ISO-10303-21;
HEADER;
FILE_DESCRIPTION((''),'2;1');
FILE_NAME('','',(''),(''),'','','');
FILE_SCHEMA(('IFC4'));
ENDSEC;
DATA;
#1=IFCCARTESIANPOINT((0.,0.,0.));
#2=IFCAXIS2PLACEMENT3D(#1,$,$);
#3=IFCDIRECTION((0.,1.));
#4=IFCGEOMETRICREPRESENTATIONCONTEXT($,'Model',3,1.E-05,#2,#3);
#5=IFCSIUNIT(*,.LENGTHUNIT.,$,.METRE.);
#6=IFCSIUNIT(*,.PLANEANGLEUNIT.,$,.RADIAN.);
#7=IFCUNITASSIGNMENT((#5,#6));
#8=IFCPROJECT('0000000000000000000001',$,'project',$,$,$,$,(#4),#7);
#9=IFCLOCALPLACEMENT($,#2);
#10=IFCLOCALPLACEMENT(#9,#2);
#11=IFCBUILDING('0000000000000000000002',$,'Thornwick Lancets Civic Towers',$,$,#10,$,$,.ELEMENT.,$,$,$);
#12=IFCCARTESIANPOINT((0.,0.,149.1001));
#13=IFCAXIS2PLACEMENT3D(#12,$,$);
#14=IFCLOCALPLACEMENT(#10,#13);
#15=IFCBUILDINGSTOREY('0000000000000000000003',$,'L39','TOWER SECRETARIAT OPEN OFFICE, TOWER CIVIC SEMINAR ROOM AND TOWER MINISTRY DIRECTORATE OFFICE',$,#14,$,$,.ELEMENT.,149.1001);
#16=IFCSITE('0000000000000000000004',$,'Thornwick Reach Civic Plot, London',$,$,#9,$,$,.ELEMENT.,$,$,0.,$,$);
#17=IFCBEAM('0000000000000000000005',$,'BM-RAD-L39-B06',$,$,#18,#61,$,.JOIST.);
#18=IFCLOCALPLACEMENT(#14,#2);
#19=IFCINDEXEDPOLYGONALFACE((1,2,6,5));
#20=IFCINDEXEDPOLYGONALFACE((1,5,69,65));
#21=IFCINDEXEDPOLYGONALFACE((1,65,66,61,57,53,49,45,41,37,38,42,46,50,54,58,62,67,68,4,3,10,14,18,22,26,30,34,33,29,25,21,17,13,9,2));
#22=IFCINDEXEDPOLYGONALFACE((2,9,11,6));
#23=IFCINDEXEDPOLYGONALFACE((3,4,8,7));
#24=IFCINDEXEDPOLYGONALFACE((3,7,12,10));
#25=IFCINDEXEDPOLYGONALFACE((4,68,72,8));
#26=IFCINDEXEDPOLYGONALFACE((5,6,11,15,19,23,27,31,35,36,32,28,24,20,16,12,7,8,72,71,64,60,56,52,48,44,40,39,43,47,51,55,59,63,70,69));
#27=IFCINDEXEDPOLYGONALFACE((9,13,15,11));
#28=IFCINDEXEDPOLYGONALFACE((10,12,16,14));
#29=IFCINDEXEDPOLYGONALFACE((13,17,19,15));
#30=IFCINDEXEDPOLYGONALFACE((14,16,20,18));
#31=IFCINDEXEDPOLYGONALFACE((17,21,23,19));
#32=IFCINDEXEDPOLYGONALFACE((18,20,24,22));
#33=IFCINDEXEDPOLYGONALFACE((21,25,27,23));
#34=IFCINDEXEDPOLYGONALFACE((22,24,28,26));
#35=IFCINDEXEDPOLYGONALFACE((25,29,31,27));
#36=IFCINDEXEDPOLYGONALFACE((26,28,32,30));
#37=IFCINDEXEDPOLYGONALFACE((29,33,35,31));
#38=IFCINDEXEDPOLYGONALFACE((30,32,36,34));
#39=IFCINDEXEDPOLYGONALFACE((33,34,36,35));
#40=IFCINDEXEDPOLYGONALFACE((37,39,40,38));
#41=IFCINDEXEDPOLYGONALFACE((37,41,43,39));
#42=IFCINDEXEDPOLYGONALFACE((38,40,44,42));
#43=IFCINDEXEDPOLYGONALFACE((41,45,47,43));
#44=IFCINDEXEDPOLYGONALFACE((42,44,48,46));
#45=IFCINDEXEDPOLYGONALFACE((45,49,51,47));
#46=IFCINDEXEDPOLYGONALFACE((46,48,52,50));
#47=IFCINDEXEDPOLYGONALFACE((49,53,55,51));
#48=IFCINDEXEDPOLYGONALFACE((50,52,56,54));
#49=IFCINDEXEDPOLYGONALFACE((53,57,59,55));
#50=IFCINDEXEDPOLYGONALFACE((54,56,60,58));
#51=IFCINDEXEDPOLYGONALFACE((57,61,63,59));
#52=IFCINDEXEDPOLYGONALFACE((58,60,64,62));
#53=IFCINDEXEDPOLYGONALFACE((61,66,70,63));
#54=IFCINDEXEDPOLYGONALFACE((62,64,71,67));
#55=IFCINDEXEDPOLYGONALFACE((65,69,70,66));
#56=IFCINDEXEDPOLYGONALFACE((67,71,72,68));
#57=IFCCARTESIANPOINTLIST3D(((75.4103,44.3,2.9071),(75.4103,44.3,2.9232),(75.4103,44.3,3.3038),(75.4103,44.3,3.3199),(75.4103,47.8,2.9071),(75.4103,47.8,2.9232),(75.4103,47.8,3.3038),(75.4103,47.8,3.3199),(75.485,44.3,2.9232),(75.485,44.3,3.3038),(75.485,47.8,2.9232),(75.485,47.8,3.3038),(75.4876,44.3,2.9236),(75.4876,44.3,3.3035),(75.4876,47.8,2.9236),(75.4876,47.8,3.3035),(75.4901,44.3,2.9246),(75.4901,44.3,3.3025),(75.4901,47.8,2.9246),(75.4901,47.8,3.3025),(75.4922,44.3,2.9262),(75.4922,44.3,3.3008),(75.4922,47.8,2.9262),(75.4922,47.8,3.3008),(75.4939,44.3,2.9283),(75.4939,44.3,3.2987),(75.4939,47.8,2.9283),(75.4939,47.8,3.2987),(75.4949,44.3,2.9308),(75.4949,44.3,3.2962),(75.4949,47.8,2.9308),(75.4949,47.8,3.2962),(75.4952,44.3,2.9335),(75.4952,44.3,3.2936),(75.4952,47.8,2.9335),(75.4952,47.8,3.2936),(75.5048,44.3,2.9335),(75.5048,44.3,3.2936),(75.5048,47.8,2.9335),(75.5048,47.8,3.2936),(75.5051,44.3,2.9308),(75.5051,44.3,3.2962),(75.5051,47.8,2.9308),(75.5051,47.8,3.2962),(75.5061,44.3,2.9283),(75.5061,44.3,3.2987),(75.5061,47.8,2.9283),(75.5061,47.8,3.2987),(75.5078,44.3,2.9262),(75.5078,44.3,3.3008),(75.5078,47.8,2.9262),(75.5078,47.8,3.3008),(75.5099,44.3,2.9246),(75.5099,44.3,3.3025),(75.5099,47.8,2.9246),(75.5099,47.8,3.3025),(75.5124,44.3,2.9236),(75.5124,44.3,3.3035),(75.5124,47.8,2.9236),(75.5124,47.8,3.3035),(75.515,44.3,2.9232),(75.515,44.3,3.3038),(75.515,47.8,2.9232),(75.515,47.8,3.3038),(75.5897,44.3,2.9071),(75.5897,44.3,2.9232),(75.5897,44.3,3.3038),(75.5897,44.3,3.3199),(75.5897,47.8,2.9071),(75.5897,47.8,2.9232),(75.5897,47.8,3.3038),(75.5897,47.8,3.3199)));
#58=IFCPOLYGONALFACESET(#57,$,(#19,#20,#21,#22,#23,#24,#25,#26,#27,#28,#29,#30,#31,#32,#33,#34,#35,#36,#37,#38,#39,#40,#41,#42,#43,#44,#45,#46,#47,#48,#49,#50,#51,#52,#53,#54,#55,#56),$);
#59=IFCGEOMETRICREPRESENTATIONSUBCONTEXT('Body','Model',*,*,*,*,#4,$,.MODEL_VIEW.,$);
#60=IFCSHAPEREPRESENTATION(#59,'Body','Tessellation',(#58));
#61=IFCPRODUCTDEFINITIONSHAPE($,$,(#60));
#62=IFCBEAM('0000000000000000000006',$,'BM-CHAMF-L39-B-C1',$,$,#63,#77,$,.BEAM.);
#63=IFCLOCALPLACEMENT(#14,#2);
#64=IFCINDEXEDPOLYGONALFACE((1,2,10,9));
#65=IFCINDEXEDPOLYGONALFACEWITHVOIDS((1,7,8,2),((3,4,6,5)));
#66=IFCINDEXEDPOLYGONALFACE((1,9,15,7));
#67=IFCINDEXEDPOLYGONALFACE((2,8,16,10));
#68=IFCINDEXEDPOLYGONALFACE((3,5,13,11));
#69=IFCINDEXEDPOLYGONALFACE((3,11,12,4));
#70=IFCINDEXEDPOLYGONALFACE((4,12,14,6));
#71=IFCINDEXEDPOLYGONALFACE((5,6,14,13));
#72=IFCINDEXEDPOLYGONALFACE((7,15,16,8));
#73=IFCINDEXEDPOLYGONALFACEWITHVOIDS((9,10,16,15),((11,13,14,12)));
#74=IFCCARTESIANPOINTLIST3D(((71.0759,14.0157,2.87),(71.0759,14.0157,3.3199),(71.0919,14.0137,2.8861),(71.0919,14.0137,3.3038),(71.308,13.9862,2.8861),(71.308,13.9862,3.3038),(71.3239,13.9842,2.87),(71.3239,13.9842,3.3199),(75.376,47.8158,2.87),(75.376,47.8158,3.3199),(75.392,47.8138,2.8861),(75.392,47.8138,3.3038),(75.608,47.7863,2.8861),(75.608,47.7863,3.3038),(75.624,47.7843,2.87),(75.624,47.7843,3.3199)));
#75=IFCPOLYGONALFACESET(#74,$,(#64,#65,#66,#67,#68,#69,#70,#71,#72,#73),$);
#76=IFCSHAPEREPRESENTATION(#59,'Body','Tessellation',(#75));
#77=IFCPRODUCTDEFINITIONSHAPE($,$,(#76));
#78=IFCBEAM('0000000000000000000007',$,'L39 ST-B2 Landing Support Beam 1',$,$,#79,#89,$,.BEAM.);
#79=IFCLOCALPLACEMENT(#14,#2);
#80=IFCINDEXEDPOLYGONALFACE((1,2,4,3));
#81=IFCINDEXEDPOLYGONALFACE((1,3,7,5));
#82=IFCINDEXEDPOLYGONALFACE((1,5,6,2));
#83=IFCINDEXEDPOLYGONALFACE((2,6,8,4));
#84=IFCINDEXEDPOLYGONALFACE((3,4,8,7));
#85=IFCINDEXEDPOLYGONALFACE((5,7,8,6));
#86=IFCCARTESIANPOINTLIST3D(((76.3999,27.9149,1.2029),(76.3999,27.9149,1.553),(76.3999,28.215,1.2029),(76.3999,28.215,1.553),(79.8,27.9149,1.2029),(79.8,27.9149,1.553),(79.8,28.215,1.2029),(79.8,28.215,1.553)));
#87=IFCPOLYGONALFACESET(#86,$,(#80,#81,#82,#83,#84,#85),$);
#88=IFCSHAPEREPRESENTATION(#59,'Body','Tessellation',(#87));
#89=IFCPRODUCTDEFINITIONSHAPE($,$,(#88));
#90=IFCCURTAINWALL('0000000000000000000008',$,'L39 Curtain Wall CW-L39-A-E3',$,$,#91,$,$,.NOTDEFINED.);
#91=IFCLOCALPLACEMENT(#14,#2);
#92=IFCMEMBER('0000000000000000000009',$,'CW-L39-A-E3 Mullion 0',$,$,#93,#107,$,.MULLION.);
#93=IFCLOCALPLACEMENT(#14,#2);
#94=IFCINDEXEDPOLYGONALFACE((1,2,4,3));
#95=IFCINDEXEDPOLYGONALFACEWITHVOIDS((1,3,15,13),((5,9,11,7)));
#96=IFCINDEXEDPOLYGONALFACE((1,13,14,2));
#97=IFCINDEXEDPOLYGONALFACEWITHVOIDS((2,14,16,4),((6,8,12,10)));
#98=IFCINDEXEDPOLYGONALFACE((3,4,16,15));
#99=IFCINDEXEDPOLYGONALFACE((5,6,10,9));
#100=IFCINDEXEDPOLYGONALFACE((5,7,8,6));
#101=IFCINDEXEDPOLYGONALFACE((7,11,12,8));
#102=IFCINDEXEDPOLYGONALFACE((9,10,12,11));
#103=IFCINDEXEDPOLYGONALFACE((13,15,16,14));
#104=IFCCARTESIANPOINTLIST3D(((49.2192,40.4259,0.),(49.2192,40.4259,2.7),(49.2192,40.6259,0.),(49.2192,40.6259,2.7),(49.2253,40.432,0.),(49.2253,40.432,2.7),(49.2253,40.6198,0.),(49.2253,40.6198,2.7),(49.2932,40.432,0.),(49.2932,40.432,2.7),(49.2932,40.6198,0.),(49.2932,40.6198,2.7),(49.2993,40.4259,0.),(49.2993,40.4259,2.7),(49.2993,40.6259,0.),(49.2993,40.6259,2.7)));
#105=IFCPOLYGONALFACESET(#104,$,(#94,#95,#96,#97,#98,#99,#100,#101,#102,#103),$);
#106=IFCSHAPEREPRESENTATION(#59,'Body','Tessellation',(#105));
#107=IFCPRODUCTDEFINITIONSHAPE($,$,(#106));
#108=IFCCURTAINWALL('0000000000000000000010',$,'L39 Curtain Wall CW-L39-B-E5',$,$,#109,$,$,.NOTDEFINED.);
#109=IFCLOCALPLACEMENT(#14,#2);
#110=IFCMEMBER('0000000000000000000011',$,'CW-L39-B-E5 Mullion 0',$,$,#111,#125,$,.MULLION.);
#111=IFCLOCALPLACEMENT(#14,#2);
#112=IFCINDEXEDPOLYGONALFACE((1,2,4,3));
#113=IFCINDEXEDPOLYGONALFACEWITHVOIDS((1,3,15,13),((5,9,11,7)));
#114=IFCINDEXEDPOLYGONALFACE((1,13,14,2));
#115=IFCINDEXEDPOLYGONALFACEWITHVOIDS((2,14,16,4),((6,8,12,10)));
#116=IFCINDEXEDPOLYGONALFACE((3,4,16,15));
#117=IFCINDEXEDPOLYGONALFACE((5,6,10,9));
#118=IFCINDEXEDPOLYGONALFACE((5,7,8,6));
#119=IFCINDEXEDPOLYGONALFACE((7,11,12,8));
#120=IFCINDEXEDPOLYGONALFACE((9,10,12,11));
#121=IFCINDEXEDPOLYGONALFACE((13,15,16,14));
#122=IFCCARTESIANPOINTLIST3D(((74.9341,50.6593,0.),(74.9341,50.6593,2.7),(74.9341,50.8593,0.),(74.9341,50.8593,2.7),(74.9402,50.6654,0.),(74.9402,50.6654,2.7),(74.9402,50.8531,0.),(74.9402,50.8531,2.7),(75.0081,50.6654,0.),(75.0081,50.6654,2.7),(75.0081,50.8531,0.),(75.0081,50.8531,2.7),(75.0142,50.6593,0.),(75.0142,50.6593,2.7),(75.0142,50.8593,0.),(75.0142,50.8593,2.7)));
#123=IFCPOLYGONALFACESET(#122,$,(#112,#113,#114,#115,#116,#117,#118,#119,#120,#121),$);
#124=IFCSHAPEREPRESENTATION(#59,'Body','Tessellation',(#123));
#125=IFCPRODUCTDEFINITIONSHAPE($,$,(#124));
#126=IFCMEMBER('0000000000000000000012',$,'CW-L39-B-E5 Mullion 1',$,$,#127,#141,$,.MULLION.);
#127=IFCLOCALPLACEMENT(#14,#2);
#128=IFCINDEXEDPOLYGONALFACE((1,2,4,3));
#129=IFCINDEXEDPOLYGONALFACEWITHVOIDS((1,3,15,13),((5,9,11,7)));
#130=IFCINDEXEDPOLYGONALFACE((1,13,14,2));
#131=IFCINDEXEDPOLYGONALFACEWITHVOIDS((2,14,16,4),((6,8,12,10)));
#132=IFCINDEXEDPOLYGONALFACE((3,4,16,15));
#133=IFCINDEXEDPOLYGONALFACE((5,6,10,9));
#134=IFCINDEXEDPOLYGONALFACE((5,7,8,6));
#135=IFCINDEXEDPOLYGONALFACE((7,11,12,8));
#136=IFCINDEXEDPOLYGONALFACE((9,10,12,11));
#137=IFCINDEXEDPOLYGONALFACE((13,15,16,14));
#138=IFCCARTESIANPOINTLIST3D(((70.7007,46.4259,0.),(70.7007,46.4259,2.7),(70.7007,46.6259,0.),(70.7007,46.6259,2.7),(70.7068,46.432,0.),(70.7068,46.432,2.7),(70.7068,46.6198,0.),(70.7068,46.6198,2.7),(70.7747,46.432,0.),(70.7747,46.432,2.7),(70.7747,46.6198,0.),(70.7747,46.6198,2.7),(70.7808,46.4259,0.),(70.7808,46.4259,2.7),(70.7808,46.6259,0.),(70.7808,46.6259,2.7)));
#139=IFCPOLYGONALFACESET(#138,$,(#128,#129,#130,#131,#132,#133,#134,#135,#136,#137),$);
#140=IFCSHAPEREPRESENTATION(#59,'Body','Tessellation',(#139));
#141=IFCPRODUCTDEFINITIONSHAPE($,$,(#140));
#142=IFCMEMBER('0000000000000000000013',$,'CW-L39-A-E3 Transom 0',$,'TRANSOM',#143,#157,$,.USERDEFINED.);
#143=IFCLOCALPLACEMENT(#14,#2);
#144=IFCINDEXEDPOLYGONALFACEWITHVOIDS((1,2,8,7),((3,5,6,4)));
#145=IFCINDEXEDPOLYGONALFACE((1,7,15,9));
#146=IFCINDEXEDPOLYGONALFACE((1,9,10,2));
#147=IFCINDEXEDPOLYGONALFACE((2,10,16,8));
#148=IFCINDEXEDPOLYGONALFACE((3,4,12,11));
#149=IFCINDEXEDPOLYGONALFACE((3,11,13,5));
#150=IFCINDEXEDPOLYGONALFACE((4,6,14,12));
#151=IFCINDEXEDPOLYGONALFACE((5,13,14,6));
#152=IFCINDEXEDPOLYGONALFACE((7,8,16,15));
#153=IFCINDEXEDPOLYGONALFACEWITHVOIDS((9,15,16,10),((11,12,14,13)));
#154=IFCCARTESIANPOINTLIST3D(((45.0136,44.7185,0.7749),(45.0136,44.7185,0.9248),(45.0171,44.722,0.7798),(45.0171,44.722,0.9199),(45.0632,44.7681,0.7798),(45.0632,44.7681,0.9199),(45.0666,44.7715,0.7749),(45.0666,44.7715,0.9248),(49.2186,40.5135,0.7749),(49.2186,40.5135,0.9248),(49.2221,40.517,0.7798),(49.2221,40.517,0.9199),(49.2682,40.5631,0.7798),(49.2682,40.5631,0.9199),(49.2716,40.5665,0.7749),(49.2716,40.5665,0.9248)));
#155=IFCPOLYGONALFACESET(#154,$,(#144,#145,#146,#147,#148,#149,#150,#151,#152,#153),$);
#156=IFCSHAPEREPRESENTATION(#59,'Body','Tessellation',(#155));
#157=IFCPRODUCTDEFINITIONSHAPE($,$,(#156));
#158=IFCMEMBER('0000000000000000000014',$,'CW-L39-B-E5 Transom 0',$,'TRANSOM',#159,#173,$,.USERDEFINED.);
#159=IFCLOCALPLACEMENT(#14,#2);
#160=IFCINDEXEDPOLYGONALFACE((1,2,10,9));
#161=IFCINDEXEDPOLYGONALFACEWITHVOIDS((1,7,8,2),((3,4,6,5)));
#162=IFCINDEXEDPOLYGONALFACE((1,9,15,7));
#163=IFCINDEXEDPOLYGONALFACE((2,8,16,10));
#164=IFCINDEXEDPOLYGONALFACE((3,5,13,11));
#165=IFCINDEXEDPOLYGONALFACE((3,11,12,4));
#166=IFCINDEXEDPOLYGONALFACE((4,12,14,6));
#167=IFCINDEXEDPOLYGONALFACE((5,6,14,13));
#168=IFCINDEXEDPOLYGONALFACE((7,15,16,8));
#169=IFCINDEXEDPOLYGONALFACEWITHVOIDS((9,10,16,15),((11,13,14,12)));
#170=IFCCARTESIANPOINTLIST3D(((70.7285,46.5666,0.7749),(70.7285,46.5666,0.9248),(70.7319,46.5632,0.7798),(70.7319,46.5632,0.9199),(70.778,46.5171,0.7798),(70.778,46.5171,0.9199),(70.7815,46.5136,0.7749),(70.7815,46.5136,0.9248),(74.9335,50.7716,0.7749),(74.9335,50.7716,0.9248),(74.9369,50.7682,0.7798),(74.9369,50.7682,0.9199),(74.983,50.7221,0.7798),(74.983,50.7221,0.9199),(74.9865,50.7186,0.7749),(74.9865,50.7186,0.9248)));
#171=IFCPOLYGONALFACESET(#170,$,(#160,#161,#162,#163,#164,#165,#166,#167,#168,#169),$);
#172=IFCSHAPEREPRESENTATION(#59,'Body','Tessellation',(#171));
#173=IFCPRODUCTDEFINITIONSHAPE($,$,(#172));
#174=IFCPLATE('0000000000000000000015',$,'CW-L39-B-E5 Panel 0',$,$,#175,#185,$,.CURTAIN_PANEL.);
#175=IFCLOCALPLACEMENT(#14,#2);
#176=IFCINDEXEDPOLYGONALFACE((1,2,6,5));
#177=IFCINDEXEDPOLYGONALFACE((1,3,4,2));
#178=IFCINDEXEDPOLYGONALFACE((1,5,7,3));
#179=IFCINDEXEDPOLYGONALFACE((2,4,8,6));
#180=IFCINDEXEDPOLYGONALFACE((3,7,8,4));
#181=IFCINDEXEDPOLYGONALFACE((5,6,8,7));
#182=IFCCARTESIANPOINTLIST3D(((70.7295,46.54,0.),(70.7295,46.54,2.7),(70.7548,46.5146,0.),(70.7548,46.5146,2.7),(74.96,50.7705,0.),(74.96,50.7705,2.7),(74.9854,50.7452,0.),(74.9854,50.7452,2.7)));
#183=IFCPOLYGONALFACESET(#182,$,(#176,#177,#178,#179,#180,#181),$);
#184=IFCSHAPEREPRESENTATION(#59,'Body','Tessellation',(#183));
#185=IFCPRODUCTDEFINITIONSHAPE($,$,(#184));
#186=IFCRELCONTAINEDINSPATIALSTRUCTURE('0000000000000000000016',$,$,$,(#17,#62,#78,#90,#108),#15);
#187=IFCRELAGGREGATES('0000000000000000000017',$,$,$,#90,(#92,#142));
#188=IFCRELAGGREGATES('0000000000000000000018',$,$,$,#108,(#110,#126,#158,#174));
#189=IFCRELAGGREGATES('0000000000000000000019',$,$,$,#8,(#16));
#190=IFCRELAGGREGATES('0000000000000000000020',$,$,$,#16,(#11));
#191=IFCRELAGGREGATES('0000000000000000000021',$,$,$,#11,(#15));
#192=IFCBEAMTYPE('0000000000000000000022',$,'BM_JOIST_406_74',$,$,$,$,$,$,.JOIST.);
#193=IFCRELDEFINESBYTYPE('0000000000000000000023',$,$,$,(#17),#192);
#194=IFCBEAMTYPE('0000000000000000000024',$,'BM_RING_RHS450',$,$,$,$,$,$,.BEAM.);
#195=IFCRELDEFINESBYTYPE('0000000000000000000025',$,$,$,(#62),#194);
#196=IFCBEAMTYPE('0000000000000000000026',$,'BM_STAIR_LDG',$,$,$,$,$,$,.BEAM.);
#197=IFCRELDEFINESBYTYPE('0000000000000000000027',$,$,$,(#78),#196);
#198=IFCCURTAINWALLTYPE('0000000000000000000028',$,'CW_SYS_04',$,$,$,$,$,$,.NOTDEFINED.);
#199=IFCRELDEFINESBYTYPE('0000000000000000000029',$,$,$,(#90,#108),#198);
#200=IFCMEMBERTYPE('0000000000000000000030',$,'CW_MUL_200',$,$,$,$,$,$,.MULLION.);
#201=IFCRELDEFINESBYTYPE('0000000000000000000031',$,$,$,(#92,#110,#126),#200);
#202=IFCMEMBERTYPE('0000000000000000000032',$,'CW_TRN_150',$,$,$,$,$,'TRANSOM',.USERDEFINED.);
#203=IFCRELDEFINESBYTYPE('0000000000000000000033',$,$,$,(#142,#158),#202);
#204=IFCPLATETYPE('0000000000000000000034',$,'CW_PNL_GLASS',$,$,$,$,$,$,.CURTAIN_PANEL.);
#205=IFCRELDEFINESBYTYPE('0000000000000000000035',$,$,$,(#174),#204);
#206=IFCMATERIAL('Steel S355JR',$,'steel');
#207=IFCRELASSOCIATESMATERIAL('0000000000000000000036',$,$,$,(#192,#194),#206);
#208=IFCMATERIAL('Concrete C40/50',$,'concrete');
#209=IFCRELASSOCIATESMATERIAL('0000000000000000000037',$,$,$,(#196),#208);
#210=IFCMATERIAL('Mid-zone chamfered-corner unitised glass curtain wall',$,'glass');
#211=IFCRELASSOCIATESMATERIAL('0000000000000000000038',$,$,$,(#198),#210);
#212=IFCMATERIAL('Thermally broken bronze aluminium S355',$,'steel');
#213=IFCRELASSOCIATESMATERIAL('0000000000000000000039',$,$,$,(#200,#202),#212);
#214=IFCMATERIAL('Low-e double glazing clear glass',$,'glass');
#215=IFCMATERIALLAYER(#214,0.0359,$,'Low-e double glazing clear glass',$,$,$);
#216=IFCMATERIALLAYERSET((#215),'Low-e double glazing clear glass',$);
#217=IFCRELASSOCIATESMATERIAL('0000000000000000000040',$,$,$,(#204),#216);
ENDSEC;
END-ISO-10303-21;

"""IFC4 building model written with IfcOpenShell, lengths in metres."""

from ifc_helpers import new_model, si_unit, direction, frame, origin, origin_2d, place, context, subcontext, project, spatial, rectangle, hollow_rectangle, i_section, extrude, material, layer, layer_set, material_profile, profile_set, type_object, element, aggregate, save


model = new_model("IFC4")

# Units and contexts
model_context = context("Model", 3, precision=1e-05, world=origin(), true_north=direction((0.0, 1.0)))
body_context = subcontext(model_context, "Body", "Model", "MODEL_VIEW")
ifc_project = project(units=[si_unit("LENGTHUNIT", "METRE"), si_unit("PLANEANGLEUNIT", "RADIAN")], contexts=[model_context])

# Site, building, storey
site_placement = place(None, origin())
site = spatial("IfcSite", under=ifc_project, at=site_placement, Name="Thornwick Reach Civic Plot, London", CompositionType="ELEMENT", RefElevation=0.0)
building_placement = place(site_placement, origin())
building = spatial("IfcBuilding", under=site, at=building_placement, Name="Thornwick Lancets Civic Towers", CompositionType="ELEMENT")
storey_placement = place(building_placement, frame((0.0, 0.0, 149.1001)))
storey = spatial("IfcBuildingStorey", under=building, at=storey_placement, Name="L39", Description="TOWER SECRETARIAT OPEN OFFICE, TOWER CIVIC SEMINAR ROOM AND TOWER MINISTRY DIRECTORATE OFFICE", CompositionType="ELEMENT", Elevation=149.1001)

# Beams
ifc_material_1 = material(Name="Steel S355JR", Category="steel")
ifc_material_profile_1 = material_profile(ifc_material_1, i_section(OverallWidth=0.1794, OverallDepth=0.4128, WebThickness=0.0095, FlangeThickness=0.0161, FilletRadius=0.0103, at=origin_2d()), Name="UKB 406x178x74")
ifc_profile_set_1 = profile_set([ifc_material_profile_1], Name="Steel S355JR")
beam_type_1 = type_object("IfcBeamType", Name="BM_JOIST_406_74", PredefinedType="JOIST", material=ifc_profile_set_1)
beam_1_placement = place(storey_placement, frame((75.5, 44.3, 3.1135), z_axis=(0.0, 1.0, 0.0), x_axis=(-1.0, 0.0, 0.0)))
element("IfcBeam", 1, at=beam_1_placement, inside=storey, type_object=beam_type_1, Name="BM-RAD-L39-B06", PredefinedType="JOIST", context=body_context, shape_type="SweptSolid", body=[
    extrude(i_section(OverallWidth=0.1794, OverallDepth=0.4128, WebThickness=0.0095, FlangeThickness=0.0161, FilletRadius=0.0103, at=origin_2d()), origin(), (0.0, 0.0, 1.0), 3.5),
])
ifc_material_profile_2 = material_profile(ifc_material_1, hollow_rectangle(XDim=0.25, YDim=0.45, WallThickness=0.0161, at=origin_2d()), Name="RHS 450x250x16")
ifc_profile_set_2 = profile_set([ifc_material_profile_2], Name="Steel S355JR")
beam_type_2 = type_object("IfcBeamType", Name="BM_RING_RHS450", PredefinedType="BEAM", material=ifc_profile_set_2)
beam_2_placement = place(storey_placement, frame((75.5, 47.8, 3.095), z_axis=(-0.126203, -0.992004, 0.0), x_axis=(0.992004, -0.126203, 0.0)))
element("IfcBeam", 2, at=beam_2_placement, inside=storey, type_object=beam_type_2, Name="BM-CHAMF-L39-B-C1", PredefinedType="BEAM", context=body_context, shape_type="SweptSolid", body=[
    extrude(hollow_rectangle(XDim=0.25, YDim=0.45, WallThickness=0.0161, at=origin_2d()), origin(), (0.0, 0.0, 1.0), 34.0725),
])
ifc_material_2 = material(Name="Concrete C40/50", Category="concrete")
ifc_material_profile_3 = material_profile(ifc_material_2, rectangle(XDim=0.3, YDim=0.3501, at=origin_2d()), Name="RC 300x350")
ifc_profile_set_3 = profile_set([ifc_material_profile_3], Name="Concrete C40/50")
beam_type_3 = type_object("IfcBeamType", Name="BM_STAIR_LDG", PredefinedType="BEAM", material=ifc_profile_set_3)
beam_3_placement = place(storey_placement, frame((76.3999, 28.0649, 1.3779), z_axis=(1.0, 0.0, 0.0), x_axis=(0.0, 1.0, 0.0)))
element("IfcBeam", 3, at=beam_3_placement, inside=storey, type_object=beam_type_3, Name="L39 ST-B2 Landing Support Beam 1", PredefinedType="BEAM", context=body_context, shape_type="SweptSolid", body=[
    extrude(rectangle(XDim=0.3, YDim=0.3501, at=origin_2d()), origin(), (0.0, 0.0, 1.0), 3.4001),
])

# Curtain wall, member
ifc_material_3 = material(Name="Mid-zone chamfered-corner unitised glass curtain wall", Category="glass")
curtain_wall_type = type_object("IfcCurtainWallType", Name="CW_SYS_04", PredefinedType="NOTDEFINED", material=ifc_material_3)
curtain_wall_1_placement = place(storey_placement, origin())
curtain_wall_1 = element("IfcCurtainWall", 4, at=curtain_wall_1_placement, inside=storey, type_object=curtain_wall_type, Name="L39 Curtain Wall CW-L39-A-E3", PredefinedType="NOTDEFINED")
ifc_material_4 = material(Name="Thermally broken bronze aluminium S355", Category="steel")
ifc_material_profile_4 = material_profile(ifc_material_4, hollow_rectangle(XDim=0.0801, YDim=0.2, WallThickness=0.0061, at=origin_2d()), Name="RHS 200x80x6")
ifc_profile_set_4 = profile_set([ifc_material_profile_4], Name="Thermally broken bronze aluminium S355")
member_type_1 = type_object("IfcMemberType", Name="CW_MUL_200", PredefinedType="MULLION", material=ifc_profile_set_4)
member_1_placement = place(storey_placement, frame((49.2593, 40.5259, 0.0), z_axis=(0.0, 0.0, 1.0), x_axis=(1.0, 0.0, 0.0)))
member_1 = element("IfcMember", 5, at=member_1_placement, type_object=member_type_1, Name="CW-L39-A-E3 Mullion 0", PredefinedType="MULLION", context=body_context, shape_type="SweptSolid", body=[
    extrude(hollow_rectangle(XDim=0.0801, YDim=0.2, WallThickness=0.0061, at=origin_2d()), origin(), (0.0, 0.0, 1.0), 2.7),
])

# Curtain wall, members
curtain_wall_2_placement = place(storey_placement, origin())
curtain_wall_2 = element("IfcCurtainWall", 6, at=curtain_wall_2_placement, inside=storey, type_object=curtain_wall_type, Name="L39 Curtain Wall CW-L39-B-E5", PredefinedType="NOTDEFINED")
member_2_placement = place(storey_placement, frame((74.9741, 50.7593, 0.0), z_axis=(0.0, 0.0, 1.0), x_axis=(1.0, 0.0, 0.0)))
member_2 = element("IfcMember", 7, at=member_2_placement, type_object=member_type_1, Name="CW-L39-B-E5 Mullion 0", PredefinedType="MULLION", context=body_context, shape_type="SweptSolid", body=[
    extrude(hollow_rectangle(XDim=0.0801, YDim=0.2, WallThickness=0.0061, at=origin_2d()), origin(), (0.0, 0.0, 1.0), 2.7),
])
member_3_placement = place(storey_placement, frame((70.7407, 46.5259, 0.0), z_axis=(0.0, 0.0, 1.0), x_axis=(1.0, 0.0, 0.0)))
member_3 = element("IfcMember", 8, at=member_3_placement, type_object=member_type_1, Name="CW-L39-B-E5 Mullion 1", PredefinedType="MULLION", context=body_context, shape_type="SweptSolid", body=[
    extrude(hollow_rectangle(XDim=0.0801, YDim=0.2, WallThickness=0.0061, at=origin_2d()), origin(), (0.0, 0.0, 1.0), 2.7),
])

# Members
ifc_material_profile_5 = material_profile(ifc_material_4, hollow_rectangle(XDim=0.075, YDim=0.1499, WallThickness=0.0049, at=origin_2d()), Name="RHS 150x75x5")
ifc_profile_set_5 = profile_set([ifc_material_profile_5], Name="Thermally broken bronze aluminium S355")
member_type_2 = type_object("IfcMemberType", Name="CW_TRN_150", ElementType="TRANSOM", PredefinedType="USERDEFINED", material=ifc_profile_set_5)
member_4_placement = place(storey_placement, frame((49.2451, 40.54, 0.8499), z_axis=(-0.707107, 0.707107, 0.0), x_axis=(-0.707107, -0.707107, 0.0)))
member_4 = element("IfcMember", 9, at=member_4_placement, type_object=member_type_2, Name="CW-L39-A-E3 Transom 0", ObjectType="TRANSOM", PredefinedType="USERDEFINED", context=body_context, shape_type="SweptSolid", body=[
    extrude(hollow_rectangle(XDim=0.075, YDim=0.1499, WallThickness=0.0049, at=origin_2d()), origin(), (0.0, 0.0, 1.0), 5.9468),
])
aggregate(curtain_wall_1, [member_1, member_4])
member_5_placement = place(storey_placement, frame((74.96, 50.7451, 0.8499), z_axis=(-0.707107, -0.707107, 0.0), x_axis=(0.707107, -0.707107, 0.0)))
member_5 = element("IfcMember", 10, at=member_5_placement, type_object=member_type_2, Name="CW-L39-B-E5 Transom 0", ObjectType="TRANSOM", PredefinedType="USERDEFINED", context=body_context, shape_type="SweptSolid", body=[
    extrude(hollow_rectangle(XDim=0.075, YDim=0.1499, WallThickness=0.0049, at=origin_2d()), origin(), (0.0, 0.0, 1.0), 5.9468),
])

# Plate
ifc_material_5 = material(Name="Low-e double glazing clear glass", Category="glass")
ifc_layer_1 = layer(ifc_material_5, 0.0359, Name="Low-e double glazing clear glass")
ifc_layer_set_1 = layer_set([ifc_layer_1], Name="Low-e double glazing clear glass")
plate_type = type_object("IfcPlateType", Name="CW_PNL_GLASS", PredefinedType="CURTAIN_PANEL", material=ifc_layer_set_1)
plate_placement = place(storey_placement, frame((72.8574, 48.6426, 0.0), z_axis=(0.0, 0.0, 1.0), x_axis=(-0.707107, -0.707107, 0.0)))
plate = element("IfcPlate", 11, at=plate_placement, type_object=plate_type, Name="CW-L39-B-E5 Panel 0", PredefinedType="CURTAIN_PANEL", context=body_context, shape_type="SweptSolid", body=[
    extrude(rectangle(XDim=5.9829, YDim=0.0359, at=origin_2d()), origin(), (0.0, 0.0, 1.0), 2.7),
])
aggregate(curtain_wall_2, [member_2, member_3, member_5, plate])

save(model, "model.ifc")
